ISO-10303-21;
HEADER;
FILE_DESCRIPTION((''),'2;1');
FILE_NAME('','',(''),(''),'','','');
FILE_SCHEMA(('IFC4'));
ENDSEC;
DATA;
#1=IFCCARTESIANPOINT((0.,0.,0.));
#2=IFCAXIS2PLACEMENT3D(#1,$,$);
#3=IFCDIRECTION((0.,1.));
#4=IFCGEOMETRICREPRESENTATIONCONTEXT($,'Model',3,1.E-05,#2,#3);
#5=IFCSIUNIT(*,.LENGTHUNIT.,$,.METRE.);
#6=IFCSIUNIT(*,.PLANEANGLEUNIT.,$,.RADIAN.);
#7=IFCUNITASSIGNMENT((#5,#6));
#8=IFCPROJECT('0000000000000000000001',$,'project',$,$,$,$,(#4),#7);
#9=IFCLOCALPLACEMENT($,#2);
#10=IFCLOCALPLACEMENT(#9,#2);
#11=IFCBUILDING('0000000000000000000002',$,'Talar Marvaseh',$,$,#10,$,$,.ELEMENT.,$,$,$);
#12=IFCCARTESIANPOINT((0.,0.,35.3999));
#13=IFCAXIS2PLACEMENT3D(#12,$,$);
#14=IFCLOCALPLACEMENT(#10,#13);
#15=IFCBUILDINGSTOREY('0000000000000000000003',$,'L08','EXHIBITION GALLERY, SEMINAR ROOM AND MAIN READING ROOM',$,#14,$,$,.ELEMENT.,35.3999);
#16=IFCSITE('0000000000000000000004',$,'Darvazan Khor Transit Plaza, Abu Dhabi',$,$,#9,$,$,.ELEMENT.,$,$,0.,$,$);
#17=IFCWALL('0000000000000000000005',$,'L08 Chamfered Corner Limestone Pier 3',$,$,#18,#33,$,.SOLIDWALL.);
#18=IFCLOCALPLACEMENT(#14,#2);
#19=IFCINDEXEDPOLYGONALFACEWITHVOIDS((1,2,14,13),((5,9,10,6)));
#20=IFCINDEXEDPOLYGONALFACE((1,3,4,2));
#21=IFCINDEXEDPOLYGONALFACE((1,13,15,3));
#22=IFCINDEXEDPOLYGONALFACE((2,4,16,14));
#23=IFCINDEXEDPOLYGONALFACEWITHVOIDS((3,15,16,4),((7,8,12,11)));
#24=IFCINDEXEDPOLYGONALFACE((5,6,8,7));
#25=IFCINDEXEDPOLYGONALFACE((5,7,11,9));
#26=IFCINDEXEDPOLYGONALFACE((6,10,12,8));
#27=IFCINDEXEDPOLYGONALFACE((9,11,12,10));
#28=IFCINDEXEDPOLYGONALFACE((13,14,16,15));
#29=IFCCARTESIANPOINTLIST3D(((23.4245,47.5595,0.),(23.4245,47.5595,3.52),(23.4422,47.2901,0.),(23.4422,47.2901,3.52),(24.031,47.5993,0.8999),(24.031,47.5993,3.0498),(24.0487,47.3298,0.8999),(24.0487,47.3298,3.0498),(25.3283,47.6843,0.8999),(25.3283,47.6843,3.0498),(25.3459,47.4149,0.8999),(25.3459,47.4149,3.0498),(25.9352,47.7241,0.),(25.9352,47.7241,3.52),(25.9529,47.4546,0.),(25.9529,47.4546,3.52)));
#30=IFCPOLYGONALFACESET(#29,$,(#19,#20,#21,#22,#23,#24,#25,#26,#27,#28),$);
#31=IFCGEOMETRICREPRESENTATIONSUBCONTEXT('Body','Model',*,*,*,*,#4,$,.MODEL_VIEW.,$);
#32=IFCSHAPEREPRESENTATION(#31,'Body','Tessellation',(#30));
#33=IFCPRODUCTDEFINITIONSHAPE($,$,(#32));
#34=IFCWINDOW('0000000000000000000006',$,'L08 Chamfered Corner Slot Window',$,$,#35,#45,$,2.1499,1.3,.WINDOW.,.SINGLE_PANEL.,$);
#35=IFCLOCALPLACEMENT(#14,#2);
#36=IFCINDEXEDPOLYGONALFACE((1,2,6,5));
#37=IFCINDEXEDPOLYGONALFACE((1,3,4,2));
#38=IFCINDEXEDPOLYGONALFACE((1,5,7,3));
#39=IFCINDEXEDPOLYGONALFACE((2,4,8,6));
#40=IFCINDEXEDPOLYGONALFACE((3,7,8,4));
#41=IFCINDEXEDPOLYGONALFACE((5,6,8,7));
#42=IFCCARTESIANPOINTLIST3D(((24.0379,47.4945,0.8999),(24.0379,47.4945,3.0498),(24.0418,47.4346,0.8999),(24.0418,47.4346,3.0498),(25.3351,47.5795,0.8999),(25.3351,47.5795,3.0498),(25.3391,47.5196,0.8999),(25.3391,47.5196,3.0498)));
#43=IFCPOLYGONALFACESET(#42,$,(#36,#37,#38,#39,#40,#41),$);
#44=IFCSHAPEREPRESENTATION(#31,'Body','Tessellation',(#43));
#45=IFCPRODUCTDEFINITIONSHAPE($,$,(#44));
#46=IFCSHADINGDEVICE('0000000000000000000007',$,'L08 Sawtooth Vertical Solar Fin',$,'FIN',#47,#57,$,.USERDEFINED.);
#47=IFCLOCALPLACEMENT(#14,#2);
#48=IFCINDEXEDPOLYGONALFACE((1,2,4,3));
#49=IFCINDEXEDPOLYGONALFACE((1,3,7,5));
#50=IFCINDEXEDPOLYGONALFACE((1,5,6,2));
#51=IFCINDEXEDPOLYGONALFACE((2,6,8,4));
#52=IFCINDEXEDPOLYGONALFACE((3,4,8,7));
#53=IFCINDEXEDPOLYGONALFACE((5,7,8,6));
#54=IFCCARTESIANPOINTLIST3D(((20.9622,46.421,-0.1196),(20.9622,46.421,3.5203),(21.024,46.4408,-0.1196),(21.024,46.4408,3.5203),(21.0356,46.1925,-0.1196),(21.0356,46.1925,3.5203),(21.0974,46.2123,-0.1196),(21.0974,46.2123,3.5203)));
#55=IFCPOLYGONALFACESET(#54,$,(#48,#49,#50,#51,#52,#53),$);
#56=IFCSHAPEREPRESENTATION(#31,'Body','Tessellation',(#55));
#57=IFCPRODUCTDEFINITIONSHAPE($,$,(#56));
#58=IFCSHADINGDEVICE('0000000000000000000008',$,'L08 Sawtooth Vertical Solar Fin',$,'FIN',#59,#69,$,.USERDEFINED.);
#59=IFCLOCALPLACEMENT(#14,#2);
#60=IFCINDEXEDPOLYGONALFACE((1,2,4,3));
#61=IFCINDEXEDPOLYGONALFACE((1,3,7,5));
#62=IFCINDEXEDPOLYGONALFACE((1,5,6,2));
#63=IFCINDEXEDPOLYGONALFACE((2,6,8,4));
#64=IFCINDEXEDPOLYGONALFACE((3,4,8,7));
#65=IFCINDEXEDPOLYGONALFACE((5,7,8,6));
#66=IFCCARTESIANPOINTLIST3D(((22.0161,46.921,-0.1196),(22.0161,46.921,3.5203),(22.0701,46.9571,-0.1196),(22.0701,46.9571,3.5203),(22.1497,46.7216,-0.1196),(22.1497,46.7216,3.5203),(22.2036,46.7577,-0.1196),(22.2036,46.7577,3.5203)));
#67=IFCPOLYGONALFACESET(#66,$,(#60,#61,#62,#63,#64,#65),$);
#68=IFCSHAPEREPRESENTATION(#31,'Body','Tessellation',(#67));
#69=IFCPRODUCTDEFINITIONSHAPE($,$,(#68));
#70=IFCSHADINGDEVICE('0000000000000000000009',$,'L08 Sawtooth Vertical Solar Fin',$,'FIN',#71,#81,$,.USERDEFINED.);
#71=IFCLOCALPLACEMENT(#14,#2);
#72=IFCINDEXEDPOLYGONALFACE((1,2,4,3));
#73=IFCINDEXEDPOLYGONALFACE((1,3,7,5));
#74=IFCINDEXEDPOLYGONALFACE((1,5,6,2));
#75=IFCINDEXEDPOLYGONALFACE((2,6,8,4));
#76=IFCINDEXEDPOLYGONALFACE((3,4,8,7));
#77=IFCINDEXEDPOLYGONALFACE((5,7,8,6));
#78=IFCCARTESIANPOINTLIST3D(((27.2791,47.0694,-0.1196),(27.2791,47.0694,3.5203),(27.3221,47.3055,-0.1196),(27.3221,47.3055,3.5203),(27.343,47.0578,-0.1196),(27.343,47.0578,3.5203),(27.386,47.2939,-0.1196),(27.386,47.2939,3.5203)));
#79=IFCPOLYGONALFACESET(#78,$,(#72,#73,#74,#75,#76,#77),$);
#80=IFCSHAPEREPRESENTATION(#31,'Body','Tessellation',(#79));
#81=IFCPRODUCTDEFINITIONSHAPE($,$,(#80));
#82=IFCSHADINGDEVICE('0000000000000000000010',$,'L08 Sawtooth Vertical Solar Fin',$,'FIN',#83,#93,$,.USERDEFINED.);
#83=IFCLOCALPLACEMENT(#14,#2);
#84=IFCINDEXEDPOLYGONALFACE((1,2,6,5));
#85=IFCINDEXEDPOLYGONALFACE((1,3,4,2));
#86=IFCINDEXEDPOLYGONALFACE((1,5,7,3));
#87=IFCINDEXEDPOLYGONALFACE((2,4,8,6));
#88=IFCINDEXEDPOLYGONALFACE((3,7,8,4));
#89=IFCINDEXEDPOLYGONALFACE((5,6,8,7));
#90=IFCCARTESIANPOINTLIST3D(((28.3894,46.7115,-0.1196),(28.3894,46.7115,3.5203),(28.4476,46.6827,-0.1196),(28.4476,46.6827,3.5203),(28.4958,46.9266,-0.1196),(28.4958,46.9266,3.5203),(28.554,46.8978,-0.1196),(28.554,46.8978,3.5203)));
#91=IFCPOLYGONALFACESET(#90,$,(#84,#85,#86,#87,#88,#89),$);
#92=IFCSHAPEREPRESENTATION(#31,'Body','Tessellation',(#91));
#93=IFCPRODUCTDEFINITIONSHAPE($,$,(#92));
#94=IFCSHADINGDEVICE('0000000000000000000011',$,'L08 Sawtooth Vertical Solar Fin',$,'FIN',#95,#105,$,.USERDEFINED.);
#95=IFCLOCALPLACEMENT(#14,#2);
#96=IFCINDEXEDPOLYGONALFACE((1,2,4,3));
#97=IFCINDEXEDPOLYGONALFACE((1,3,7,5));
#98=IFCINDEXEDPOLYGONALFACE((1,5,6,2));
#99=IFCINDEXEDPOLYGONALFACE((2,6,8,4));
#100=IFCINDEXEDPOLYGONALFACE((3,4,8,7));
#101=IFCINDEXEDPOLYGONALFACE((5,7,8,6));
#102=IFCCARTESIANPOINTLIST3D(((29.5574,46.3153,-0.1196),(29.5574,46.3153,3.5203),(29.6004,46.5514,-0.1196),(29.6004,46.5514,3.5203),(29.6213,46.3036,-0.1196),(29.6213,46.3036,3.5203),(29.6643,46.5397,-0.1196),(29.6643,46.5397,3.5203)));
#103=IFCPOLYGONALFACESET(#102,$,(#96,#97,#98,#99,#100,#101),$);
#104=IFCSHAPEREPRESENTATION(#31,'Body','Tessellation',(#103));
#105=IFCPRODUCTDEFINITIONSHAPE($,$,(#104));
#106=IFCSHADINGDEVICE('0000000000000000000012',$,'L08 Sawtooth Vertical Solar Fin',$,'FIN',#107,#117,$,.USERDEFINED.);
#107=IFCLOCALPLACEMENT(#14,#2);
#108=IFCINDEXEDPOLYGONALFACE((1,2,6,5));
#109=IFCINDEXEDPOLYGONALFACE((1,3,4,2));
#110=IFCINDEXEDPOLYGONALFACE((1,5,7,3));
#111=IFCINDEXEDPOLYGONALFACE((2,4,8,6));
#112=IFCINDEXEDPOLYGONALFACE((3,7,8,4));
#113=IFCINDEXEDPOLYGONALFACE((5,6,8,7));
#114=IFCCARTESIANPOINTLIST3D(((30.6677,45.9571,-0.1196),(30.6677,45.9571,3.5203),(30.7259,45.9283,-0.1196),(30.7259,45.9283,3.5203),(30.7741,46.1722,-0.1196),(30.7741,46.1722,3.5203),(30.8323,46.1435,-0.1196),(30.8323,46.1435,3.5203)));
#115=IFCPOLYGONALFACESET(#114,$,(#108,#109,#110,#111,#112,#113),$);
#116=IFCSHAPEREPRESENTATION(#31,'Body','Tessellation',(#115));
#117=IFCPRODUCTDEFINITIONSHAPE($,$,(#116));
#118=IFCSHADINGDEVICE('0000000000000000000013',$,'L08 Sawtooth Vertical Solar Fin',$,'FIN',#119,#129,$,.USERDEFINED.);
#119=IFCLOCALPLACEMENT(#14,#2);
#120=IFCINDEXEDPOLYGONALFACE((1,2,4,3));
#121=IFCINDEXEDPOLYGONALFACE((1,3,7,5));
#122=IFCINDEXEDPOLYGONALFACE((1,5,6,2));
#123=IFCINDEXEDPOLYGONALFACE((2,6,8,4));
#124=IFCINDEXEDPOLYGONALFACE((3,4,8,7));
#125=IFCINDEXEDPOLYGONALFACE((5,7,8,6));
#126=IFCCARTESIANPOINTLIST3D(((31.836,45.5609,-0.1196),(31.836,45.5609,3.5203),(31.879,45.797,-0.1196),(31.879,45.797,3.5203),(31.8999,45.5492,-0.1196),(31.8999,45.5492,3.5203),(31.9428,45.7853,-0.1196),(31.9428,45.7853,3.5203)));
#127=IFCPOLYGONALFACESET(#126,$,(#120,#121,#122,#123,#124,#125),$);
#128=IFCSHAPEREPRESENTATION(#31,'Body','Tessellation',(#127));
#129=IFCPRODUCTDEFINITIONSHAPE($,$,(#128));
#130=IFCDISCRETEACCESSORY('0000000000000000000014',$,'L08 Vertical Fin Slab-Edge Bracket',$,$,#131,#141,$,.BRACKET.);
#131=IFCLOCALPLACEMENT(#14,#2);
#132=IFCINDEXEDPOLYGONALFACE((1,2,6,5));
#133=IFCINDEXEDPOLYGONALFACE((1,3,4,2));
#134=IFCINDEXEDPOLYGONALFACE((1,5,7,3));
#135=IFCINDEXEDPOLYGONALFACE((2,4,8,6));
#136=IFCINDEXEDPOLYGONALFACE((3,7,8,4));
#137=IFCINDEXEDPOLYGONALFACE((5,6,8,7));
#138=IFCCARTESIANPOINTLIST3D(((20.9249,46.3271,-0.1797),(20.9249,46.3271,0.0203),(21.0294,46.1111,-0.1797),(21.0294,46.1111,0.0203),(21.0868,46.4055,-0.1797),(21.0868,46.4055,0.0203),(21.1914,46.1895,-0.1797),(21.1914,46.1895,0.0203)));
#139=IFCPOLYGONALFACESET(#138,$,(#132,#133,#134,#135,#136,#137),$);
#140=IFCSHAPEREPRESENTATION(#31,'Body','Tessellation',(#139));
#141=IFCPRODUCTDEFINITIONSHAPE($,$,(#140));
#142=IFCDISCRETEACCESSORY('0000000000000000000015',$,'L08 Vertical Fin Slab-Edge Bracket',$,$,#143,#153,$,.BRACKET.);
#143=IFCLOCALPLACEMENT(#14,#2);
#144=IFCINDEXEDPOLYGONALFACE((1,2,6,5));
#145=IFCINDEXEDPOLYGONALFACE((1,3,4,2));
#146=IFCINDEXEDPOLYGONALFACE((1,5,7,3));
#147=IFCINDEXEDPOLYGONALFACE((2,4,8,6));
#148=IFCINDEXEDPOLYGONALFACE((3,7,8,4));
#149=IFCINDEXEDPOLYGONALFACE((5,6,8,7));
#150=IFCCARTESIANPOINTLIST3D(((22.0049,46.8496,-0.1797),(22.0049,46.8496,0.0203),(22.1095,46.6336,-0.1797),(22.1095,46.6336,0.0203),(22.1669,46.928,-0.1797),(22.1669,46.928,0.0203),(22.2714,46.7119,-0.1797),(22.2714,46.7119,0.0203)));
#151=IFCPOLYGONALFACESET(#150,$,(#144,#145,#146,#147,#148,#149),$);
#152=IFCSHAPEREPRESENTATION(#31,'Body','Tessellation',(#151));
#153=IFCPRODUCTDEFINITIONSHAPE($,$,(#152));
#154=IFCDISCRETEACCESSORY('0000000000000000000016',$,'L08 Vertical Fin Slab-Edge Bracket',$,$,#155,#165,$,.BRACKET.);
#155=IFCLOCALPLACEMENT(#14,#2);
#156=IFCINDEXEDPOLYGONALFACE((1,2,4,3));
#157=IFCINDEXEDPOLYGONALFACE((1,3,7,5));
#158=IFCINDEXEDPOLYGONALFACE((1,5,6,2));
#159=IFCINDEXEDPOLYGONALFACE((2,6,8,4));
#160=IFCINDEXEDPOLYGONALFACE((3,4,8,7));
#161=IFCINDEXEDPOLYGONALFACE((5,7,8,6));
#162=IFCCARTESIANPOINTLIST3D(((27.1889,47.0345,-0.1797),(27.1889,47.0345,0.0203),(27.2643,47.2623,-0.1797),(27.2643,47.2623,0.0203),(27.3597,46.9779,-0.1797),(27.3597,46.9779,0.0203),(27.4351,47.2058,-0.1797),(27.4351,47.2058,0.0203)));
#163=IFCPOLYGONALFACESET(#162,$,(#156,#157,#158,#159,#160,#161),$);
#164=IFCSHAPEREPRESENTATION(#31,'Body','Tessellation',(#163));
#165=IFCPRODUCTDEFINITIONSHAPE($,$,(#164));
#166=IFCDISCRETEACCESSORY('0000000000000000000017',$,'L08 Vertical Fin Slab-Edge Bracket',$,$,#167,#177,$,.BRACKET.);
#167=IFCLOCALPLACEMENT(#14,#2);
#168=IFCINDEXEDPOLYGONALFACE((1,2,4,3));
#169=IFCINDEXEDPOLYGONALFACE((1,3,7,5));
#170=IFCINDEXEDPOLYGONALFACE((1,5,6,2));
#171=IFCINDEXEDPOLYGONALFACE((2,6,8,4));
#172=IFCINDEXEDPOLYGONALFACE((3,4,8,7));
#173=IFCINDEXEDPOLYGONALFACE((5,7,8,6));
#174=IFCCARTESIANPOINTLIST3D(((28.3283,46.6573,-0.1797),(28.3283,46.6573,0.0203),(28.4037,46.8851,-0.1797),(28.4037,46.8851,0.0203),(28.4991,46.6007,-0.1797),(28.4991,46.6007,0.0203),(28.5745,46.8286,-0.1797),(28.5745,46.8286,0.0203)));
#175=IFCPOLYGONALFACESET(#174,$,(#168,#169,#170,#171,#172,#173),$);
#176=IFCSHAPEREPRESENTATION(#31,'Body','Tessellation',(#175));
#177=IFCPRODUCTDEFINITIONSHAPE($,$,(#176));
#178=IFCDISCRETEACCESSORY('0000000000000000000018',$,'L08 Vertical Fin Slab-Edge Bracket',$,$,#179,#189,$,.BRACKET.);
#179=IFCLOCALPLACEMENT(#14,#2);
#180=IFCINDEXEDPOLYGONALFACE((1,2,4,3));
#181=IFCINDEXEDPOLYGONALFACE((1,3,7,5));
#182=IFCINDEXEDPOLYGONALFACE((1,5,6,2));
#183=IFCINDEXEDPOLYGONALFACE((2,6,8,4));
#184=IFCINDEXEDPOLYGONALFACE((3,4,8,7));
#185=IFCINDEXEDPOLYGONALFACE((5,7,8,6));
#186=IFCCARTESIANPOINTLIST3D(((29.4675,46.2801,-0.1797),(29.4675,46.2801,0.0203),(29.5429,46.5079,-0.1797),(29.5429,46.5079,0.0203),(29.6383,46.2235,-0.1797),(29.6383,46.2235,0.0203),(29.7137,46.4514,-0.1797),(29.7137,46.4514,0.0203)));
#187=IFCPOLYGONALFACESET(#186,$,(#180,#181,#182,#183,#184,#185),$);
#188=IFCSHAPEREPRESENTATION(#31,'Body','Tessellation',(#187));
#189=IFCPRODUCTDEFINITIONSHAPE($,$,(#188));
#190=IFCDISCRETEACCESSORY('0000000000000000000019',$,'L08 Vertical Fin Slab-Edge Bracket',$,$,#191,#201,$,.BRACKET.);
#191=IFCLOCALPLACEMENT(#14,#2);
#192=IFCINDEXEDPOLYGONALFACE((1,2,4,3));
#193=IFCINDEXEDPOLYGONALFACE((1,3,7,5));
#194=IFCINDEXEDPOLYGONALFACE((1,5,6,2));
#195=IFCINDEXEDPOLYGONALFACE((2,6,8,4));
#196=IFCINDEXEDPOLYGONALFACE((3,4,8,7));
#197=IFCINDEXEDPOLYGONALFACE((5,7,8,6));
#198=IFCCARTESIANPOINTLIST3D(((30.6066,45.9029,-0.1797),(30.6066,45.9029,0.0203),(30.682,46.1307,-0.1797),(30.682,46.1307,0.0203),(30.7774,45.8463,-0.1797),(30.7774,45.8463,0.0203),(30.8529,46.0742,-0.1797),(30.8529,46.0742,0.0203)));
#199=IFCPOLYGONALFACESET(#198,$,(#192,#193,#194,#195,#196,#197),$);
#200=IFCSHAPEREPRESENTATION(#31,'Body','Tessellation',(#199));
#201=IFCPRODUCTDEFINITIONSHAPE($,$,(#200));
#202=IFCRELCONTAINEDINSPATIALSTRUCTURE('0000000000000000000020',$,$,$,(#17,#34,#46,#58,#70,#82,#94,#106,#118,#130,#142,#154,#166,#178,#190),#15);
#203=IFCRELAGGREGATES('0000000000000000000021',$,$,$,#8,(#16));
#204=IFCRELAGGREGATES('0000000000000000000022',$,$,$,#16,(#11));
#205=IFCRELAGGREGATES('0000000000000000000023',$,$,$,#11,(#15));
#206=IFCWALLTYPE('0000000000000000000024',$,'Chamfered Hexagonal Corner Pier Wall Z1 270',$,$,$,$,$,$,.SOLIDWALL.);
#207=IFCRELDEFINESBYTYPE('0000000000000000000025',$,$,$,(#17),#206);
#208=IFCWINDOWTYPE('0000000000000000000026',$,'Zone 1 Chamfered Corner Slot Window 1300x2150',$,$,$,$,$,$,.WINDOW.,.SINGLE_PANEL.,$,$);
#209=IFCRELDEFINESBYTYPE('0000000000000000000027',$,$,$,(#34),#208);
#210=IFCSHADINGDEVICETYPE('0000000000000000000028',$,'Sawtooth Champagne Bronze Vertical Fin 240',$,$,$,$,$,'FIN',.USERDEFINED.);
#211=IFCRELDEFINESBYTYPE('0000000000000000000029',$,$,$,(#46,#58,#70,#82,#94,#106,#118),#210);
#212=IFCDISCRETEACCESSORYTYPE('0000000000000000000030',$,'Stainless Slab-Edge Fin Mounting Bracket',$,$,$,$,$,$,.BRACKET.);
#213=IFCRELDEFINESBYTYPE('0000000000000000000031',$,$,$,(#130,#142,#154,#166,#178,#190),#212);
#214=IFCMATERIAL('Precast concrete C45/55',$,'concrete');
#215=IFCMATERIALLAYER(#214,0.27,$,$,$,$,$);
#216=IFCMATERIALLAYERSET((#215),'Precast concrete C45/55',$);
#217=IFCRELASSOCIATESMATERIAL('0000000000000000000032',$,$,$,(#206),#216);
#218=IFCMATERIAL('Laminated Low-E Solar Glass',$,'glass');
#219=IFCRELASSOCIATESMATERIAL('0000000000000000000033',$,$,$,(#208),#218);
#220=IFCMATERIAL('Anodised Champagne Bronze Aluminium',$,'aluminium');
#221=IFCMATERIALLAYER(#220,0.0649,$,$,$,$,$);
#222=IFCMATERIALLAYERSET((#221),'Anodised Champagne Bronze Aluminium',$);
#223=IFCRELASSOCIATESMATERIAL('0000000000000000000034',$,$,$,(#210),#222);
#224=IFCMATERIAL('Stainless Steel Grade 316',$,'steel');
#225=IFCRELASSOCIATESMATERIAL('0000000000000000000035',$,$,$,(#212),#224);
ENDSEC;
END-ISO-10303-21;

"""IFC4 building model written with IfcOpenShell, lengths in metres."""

from ifc_helpers import new_model, si_unit, direction, frame, frame_2d, origin, origin_2d, place, context, subcontext, project, spatial, rectangle, extrude, source, transform, mapped, material, layer, layer_set, type_object, type_shapes, element, fill, save


model = new_model("IFC4")

# Units and contexts
model_context = context("Model", 3, precision=1e-05, world=origin(), true_north=direction((0.0, 1.0)))
body_context = subcontext(model_context, "Body", "Model", "MODEL_VIEW")
ifc_project = project(units=[si_unit("LENGTHUNIT", "METRE"), si_unit("PLANEANGLEUNIT", "RADIAN")], contexts=[model_context])

# Site, building, storey
site_placement = place(None, origin())
site = spatial("IfcSite", under=ifc_project, at=site_placement, Name="Darvazan Khor Transit Plaza, Abu Dhabi", CompositionType="ELEMENT", RefElevation=0.0)
building_placement = place(site_placement, origin())
building = spatial("IfcBuilding", under=site, at=building_placement, Name="Talar Marvaseh", CompositionType="ELEMENT")
storey_placement = place(building_placement, frame((0.0, 0.0, 35.3999)))
storey = spatial("IfcBuildingStorey", under=building, at=storey_placement, Name="L08", Description="EXHIBITION GALLERY, SEMINAR ROOM AND MAIN READING ROOM", CompositionType="ELEMENT", Elevation=35.3999)

# Shared definitions
ifc_material_1 = material(Name="Laminated Low-E Solar Glass", Category="glass")

# Wall, opening, window
ifc_material_2 = material(Name="Precast concrete C45/55", Category="concrete")
ifc_layer_1 = layer(ifc_material_2, 0.27)
ifc_layer_set_1 = layer_set([ifc_layer_1], Name="Precast concrete C45/55")
wall_type = type_object("IfcWallType", Name="Chamfered Hexagonal Corner Pier Wall Z1 270", PredefinedType="SOLIDWALL", material=ifc_layer_set_1)
wall_placement = place(storey_placement, frame((23.4333, 47.4248, 0.0), z_axis=(0.0, 0.0, 1.0), x_axis=(0.997859, 0.065398, 0.0)))
wall = element("IfcWall", 1, at=wall_placement, inside=storey, type_object=wall_type, Name="L08 Chamfered Corner Limestone Pier 3", PredefinedType="SOLIDWALL", context=body_context, shape_type="SweptSolid", body=[
    extrude(rectangle(XDim=2.5161, YDim=0.27, at=frame_2d((1.2581, 0.0))), origin(), (0.0, 0.0, 1.0), 3.52),
])
opening_placement = place(wall_placement, frame((0.6079, 0.0, 0.8999)))
opening = element("IfcOpeningElement", 2, at=opening_placement, cuts=wall, PredefinedType="OPENING", context=body_context, shape_type="SweptSolid", body=[
    extrude(rectangle(XDim=1.3, YDim=2.1499, at=frame_2d((0.6499, 1.075))), frame((0.0, 0.145, 0.0), z_axis=(0.0, -1.0, 0.0), x_axis=(1.0, 0.0, 0.0)), (0.0, 0.0, 1.0), 0.29),
])
window_type = type_object("IfcWindowType", Name="Zone 1 Chamfered Corner Slot Window 1300x2150", PartitioningType="SINGLE_PANEL", PredefinedType="WINDOW", material=ifc_material_1)
shared_shape_1 = source(origin(), body_context, "Body", "SweptSolid", [
    extrude(rectangle(XDim=1.3, YDim=2.1499, at=frame_2d((0.6499, 1.075))), frame((0.0, 0.03, 0.0), z_axis=(0.0, -1.0, 0.0), x_axis=(1.0, 0.0, 0.0)), (0.0, 0.0, 1.0), 0.0601),
])
type_shapes(window_type, [shared_shape_1])
window_placement = place(opening_placement, origin())
window = element("IfcWindow", 3, at=window_placement, inside=storey, type_object=window_type, Name="L08 Chamfered Corner Slot Window", OverallHeight=2.1499, OverallWidth=1.3, PartitioningType="SINGLE_PANEL", PredefinedType="WINDOW", context=body_context, shape_type="MappedRepresentation", body=[
    mapped(shared_shape_1, transform((0.0, 0.0, 0.0), x_axis=(1.0, 0.0, 0.0), y_axis=(0.0, 1.0, 0.0), z_axis=(0.0, 0.0, 1.0), scale=1.0)),
])
fill(opening, window)

# Shading devices
ifc_material_3 = material(Name="Anodised Champagne Bronze Aluminium", Category="aluminium")
ifc_layer_2 = layer(ifc_material_3, 0.0649)
ifc_layer_set_2 = layer_set([ifc_layer_2], Name="Anodised Champagne Bronze Aluminium")
shading_device_type = type_object("IfcShadingDeviceType", Name="Sawtooth Champagne Bronze Vertical Fin 240", ElementType="FIN", PredefinedType="USERDEFINED", material=ifc_layer_set_2)
shared_shape_2 = source(origin(), body_context, "Body", "SweptSolid", [
    extrude(rectangle(XDim=0.24, YDim=0.0649, at=origin_2d()), origin(), (0.0, 0.0, 1.0), 3.6399),
])
type_shapes(shading_device_type, [shared_shape_2])
for number, where, z_axis, x_axis, name in (
    (4, (21.0298, 46.3167, -0.1196), (0.0, 0.0, 1.0), (-0.306028, 0.952023, 0.0), "L08 Sawtooth Vertical Solar Fin"),
    (5, (22.1099, 46.8394, -0.1196), (0.0, 0.0, 1.0), (-0.556586, 0.83079, 0.0), "L08 Sawtooth Vertical Solar Fin"),
    (6, (27.3325, 47.1816, -0.1196), (0.0, 0.0, 1.0), (0.179146, 0.983823, 0.0), "L08 Sawtooth Vertical Solar Fin"),
    (7, (28.4717, 46.8047, -0.1196), (0.0, 0.0, 1.0), (0.443384, 0.896332, 0.0), "L08 Sawtooth Vertical Solar Fin"),
    (8, (29.6108, 46.4275, -0.1196), (0.0, 0.0, 1.0), (0.179146, 0.983823, 0.0), "L08 Sawtooth Vertical Solar Fin"),
    (9, (30.75, 46.0503, -0.1196), (0.0, 0.0, 1.0), (0.443384, 0.896332, 0.0), "L08 Sawtooth Vertical Solar Fin"),
    (10, (31.8894, 45.6731, -0.1196), (0.0, 0.0, 1.0), (0.179146, 0.983823, 0.0), "L08 Sawtooth Vertical Solar Fin"),
):
    element("IfcShadingDevice", number, at=place(storey_placement, frame(where, z_axis=z_axis, x_axis=x_axis)), inside=storey, type_object=shading_device_type, Name=name, ObjectType="FIN", PredefinedType="USERDEFINED", context=body_context, shape_type="MappedRepresentation", body=[
        mapped(shared_shape_2, transform((0.0, 0.0, 0.0), x_axis=(1.0, 0.0, 0.0), y_axis=(0.0, 1.0, 0.0), z_axis=(0.0, 0.0, 1.0), scale=1.0)),
    ])

# Discrete accessories
ifc_material_4 = material(Name="Stainless Steel Grade 316", Category="steel")
discrete_accessory_type = type_object("IfcDiscreteAccessoryType", Name="Stainless Slab-Edge Fin Mounting Bracket", PredefinedType="BRACKET", material=ifc_material_4)
shared_shape_3 = source(origin(), body_context, "Body", "SweptSolid", [
    extrude(rectangle(XDim=0.24, YDim=0.1799, at=origin_2d()), origin(), (0.0, 0.0, 1.0), 0.2),
])
type_shapes(discrete_accessory_type, [shared_shape_3])
for number, where, z_axis, x_axis, name in (
    (11, (21.0581, 46.2583, -0.1797), (0.0, 0.0, 1.0), (-0.435545, 0.900167, 0.0), "L08 Vertical Fin Slab-Edge Bracket"),
    (12, (22.1382, 46.7808, -0.1797), (0.0, 0.0, 1.0), (-0.435545, 0.900167, 0.0), "L08 Vertical Fin Slab-Edge Bracket"),
    (13, (27.312, 47.1201, -0.1797), (0.0, 0.0, 1.0), (0.314324, 0.949316, 0.0), "L08 Vertical Fin Slab-Edge Bracket"),
    (14, (28.4514, 46.7429, -0.1797), (0.0, 0.0, 1.0), (0.314324, 0.949316, 0.0), "L08 Vertical Fin Slab-Edge Bracket"),
    (15, (29.5906, 46.3657, -0.1797), (0.0, 0.0, 1.0), (0.314324, 0.949316, 0.0), "L08 Vertical Fin Slab-Edge Bracket"),
    (16, (30.7297, 45.9885, -0.1797), (0.0, 0.0, 1.0), (0.314324, 0.949316, 0.0), "L08 Vertical Fin Slab-Edge Bracket"),
):
    element("IfcDiscreteAccessory", number, at=place(storey_placement, frame(where, z_axis=z_axis, x_axis=x_axis)), inside=storey, type_object=discrete_accessory_type, Name=name, PredefinedType="BRACKET", context=body_context, shape_type="MappedRepresentation", body=[
        mapped(shared_shape_3, transform((0.0, 0.0, 0.0), x_axis=(1.0, 0.0, 0.0), y_axis=(0.0, 1.0, 0.0), z_axis=(0.0, 0.0, 1.0), scale=1.0)),
    ])

save(model, "model.ifc")
